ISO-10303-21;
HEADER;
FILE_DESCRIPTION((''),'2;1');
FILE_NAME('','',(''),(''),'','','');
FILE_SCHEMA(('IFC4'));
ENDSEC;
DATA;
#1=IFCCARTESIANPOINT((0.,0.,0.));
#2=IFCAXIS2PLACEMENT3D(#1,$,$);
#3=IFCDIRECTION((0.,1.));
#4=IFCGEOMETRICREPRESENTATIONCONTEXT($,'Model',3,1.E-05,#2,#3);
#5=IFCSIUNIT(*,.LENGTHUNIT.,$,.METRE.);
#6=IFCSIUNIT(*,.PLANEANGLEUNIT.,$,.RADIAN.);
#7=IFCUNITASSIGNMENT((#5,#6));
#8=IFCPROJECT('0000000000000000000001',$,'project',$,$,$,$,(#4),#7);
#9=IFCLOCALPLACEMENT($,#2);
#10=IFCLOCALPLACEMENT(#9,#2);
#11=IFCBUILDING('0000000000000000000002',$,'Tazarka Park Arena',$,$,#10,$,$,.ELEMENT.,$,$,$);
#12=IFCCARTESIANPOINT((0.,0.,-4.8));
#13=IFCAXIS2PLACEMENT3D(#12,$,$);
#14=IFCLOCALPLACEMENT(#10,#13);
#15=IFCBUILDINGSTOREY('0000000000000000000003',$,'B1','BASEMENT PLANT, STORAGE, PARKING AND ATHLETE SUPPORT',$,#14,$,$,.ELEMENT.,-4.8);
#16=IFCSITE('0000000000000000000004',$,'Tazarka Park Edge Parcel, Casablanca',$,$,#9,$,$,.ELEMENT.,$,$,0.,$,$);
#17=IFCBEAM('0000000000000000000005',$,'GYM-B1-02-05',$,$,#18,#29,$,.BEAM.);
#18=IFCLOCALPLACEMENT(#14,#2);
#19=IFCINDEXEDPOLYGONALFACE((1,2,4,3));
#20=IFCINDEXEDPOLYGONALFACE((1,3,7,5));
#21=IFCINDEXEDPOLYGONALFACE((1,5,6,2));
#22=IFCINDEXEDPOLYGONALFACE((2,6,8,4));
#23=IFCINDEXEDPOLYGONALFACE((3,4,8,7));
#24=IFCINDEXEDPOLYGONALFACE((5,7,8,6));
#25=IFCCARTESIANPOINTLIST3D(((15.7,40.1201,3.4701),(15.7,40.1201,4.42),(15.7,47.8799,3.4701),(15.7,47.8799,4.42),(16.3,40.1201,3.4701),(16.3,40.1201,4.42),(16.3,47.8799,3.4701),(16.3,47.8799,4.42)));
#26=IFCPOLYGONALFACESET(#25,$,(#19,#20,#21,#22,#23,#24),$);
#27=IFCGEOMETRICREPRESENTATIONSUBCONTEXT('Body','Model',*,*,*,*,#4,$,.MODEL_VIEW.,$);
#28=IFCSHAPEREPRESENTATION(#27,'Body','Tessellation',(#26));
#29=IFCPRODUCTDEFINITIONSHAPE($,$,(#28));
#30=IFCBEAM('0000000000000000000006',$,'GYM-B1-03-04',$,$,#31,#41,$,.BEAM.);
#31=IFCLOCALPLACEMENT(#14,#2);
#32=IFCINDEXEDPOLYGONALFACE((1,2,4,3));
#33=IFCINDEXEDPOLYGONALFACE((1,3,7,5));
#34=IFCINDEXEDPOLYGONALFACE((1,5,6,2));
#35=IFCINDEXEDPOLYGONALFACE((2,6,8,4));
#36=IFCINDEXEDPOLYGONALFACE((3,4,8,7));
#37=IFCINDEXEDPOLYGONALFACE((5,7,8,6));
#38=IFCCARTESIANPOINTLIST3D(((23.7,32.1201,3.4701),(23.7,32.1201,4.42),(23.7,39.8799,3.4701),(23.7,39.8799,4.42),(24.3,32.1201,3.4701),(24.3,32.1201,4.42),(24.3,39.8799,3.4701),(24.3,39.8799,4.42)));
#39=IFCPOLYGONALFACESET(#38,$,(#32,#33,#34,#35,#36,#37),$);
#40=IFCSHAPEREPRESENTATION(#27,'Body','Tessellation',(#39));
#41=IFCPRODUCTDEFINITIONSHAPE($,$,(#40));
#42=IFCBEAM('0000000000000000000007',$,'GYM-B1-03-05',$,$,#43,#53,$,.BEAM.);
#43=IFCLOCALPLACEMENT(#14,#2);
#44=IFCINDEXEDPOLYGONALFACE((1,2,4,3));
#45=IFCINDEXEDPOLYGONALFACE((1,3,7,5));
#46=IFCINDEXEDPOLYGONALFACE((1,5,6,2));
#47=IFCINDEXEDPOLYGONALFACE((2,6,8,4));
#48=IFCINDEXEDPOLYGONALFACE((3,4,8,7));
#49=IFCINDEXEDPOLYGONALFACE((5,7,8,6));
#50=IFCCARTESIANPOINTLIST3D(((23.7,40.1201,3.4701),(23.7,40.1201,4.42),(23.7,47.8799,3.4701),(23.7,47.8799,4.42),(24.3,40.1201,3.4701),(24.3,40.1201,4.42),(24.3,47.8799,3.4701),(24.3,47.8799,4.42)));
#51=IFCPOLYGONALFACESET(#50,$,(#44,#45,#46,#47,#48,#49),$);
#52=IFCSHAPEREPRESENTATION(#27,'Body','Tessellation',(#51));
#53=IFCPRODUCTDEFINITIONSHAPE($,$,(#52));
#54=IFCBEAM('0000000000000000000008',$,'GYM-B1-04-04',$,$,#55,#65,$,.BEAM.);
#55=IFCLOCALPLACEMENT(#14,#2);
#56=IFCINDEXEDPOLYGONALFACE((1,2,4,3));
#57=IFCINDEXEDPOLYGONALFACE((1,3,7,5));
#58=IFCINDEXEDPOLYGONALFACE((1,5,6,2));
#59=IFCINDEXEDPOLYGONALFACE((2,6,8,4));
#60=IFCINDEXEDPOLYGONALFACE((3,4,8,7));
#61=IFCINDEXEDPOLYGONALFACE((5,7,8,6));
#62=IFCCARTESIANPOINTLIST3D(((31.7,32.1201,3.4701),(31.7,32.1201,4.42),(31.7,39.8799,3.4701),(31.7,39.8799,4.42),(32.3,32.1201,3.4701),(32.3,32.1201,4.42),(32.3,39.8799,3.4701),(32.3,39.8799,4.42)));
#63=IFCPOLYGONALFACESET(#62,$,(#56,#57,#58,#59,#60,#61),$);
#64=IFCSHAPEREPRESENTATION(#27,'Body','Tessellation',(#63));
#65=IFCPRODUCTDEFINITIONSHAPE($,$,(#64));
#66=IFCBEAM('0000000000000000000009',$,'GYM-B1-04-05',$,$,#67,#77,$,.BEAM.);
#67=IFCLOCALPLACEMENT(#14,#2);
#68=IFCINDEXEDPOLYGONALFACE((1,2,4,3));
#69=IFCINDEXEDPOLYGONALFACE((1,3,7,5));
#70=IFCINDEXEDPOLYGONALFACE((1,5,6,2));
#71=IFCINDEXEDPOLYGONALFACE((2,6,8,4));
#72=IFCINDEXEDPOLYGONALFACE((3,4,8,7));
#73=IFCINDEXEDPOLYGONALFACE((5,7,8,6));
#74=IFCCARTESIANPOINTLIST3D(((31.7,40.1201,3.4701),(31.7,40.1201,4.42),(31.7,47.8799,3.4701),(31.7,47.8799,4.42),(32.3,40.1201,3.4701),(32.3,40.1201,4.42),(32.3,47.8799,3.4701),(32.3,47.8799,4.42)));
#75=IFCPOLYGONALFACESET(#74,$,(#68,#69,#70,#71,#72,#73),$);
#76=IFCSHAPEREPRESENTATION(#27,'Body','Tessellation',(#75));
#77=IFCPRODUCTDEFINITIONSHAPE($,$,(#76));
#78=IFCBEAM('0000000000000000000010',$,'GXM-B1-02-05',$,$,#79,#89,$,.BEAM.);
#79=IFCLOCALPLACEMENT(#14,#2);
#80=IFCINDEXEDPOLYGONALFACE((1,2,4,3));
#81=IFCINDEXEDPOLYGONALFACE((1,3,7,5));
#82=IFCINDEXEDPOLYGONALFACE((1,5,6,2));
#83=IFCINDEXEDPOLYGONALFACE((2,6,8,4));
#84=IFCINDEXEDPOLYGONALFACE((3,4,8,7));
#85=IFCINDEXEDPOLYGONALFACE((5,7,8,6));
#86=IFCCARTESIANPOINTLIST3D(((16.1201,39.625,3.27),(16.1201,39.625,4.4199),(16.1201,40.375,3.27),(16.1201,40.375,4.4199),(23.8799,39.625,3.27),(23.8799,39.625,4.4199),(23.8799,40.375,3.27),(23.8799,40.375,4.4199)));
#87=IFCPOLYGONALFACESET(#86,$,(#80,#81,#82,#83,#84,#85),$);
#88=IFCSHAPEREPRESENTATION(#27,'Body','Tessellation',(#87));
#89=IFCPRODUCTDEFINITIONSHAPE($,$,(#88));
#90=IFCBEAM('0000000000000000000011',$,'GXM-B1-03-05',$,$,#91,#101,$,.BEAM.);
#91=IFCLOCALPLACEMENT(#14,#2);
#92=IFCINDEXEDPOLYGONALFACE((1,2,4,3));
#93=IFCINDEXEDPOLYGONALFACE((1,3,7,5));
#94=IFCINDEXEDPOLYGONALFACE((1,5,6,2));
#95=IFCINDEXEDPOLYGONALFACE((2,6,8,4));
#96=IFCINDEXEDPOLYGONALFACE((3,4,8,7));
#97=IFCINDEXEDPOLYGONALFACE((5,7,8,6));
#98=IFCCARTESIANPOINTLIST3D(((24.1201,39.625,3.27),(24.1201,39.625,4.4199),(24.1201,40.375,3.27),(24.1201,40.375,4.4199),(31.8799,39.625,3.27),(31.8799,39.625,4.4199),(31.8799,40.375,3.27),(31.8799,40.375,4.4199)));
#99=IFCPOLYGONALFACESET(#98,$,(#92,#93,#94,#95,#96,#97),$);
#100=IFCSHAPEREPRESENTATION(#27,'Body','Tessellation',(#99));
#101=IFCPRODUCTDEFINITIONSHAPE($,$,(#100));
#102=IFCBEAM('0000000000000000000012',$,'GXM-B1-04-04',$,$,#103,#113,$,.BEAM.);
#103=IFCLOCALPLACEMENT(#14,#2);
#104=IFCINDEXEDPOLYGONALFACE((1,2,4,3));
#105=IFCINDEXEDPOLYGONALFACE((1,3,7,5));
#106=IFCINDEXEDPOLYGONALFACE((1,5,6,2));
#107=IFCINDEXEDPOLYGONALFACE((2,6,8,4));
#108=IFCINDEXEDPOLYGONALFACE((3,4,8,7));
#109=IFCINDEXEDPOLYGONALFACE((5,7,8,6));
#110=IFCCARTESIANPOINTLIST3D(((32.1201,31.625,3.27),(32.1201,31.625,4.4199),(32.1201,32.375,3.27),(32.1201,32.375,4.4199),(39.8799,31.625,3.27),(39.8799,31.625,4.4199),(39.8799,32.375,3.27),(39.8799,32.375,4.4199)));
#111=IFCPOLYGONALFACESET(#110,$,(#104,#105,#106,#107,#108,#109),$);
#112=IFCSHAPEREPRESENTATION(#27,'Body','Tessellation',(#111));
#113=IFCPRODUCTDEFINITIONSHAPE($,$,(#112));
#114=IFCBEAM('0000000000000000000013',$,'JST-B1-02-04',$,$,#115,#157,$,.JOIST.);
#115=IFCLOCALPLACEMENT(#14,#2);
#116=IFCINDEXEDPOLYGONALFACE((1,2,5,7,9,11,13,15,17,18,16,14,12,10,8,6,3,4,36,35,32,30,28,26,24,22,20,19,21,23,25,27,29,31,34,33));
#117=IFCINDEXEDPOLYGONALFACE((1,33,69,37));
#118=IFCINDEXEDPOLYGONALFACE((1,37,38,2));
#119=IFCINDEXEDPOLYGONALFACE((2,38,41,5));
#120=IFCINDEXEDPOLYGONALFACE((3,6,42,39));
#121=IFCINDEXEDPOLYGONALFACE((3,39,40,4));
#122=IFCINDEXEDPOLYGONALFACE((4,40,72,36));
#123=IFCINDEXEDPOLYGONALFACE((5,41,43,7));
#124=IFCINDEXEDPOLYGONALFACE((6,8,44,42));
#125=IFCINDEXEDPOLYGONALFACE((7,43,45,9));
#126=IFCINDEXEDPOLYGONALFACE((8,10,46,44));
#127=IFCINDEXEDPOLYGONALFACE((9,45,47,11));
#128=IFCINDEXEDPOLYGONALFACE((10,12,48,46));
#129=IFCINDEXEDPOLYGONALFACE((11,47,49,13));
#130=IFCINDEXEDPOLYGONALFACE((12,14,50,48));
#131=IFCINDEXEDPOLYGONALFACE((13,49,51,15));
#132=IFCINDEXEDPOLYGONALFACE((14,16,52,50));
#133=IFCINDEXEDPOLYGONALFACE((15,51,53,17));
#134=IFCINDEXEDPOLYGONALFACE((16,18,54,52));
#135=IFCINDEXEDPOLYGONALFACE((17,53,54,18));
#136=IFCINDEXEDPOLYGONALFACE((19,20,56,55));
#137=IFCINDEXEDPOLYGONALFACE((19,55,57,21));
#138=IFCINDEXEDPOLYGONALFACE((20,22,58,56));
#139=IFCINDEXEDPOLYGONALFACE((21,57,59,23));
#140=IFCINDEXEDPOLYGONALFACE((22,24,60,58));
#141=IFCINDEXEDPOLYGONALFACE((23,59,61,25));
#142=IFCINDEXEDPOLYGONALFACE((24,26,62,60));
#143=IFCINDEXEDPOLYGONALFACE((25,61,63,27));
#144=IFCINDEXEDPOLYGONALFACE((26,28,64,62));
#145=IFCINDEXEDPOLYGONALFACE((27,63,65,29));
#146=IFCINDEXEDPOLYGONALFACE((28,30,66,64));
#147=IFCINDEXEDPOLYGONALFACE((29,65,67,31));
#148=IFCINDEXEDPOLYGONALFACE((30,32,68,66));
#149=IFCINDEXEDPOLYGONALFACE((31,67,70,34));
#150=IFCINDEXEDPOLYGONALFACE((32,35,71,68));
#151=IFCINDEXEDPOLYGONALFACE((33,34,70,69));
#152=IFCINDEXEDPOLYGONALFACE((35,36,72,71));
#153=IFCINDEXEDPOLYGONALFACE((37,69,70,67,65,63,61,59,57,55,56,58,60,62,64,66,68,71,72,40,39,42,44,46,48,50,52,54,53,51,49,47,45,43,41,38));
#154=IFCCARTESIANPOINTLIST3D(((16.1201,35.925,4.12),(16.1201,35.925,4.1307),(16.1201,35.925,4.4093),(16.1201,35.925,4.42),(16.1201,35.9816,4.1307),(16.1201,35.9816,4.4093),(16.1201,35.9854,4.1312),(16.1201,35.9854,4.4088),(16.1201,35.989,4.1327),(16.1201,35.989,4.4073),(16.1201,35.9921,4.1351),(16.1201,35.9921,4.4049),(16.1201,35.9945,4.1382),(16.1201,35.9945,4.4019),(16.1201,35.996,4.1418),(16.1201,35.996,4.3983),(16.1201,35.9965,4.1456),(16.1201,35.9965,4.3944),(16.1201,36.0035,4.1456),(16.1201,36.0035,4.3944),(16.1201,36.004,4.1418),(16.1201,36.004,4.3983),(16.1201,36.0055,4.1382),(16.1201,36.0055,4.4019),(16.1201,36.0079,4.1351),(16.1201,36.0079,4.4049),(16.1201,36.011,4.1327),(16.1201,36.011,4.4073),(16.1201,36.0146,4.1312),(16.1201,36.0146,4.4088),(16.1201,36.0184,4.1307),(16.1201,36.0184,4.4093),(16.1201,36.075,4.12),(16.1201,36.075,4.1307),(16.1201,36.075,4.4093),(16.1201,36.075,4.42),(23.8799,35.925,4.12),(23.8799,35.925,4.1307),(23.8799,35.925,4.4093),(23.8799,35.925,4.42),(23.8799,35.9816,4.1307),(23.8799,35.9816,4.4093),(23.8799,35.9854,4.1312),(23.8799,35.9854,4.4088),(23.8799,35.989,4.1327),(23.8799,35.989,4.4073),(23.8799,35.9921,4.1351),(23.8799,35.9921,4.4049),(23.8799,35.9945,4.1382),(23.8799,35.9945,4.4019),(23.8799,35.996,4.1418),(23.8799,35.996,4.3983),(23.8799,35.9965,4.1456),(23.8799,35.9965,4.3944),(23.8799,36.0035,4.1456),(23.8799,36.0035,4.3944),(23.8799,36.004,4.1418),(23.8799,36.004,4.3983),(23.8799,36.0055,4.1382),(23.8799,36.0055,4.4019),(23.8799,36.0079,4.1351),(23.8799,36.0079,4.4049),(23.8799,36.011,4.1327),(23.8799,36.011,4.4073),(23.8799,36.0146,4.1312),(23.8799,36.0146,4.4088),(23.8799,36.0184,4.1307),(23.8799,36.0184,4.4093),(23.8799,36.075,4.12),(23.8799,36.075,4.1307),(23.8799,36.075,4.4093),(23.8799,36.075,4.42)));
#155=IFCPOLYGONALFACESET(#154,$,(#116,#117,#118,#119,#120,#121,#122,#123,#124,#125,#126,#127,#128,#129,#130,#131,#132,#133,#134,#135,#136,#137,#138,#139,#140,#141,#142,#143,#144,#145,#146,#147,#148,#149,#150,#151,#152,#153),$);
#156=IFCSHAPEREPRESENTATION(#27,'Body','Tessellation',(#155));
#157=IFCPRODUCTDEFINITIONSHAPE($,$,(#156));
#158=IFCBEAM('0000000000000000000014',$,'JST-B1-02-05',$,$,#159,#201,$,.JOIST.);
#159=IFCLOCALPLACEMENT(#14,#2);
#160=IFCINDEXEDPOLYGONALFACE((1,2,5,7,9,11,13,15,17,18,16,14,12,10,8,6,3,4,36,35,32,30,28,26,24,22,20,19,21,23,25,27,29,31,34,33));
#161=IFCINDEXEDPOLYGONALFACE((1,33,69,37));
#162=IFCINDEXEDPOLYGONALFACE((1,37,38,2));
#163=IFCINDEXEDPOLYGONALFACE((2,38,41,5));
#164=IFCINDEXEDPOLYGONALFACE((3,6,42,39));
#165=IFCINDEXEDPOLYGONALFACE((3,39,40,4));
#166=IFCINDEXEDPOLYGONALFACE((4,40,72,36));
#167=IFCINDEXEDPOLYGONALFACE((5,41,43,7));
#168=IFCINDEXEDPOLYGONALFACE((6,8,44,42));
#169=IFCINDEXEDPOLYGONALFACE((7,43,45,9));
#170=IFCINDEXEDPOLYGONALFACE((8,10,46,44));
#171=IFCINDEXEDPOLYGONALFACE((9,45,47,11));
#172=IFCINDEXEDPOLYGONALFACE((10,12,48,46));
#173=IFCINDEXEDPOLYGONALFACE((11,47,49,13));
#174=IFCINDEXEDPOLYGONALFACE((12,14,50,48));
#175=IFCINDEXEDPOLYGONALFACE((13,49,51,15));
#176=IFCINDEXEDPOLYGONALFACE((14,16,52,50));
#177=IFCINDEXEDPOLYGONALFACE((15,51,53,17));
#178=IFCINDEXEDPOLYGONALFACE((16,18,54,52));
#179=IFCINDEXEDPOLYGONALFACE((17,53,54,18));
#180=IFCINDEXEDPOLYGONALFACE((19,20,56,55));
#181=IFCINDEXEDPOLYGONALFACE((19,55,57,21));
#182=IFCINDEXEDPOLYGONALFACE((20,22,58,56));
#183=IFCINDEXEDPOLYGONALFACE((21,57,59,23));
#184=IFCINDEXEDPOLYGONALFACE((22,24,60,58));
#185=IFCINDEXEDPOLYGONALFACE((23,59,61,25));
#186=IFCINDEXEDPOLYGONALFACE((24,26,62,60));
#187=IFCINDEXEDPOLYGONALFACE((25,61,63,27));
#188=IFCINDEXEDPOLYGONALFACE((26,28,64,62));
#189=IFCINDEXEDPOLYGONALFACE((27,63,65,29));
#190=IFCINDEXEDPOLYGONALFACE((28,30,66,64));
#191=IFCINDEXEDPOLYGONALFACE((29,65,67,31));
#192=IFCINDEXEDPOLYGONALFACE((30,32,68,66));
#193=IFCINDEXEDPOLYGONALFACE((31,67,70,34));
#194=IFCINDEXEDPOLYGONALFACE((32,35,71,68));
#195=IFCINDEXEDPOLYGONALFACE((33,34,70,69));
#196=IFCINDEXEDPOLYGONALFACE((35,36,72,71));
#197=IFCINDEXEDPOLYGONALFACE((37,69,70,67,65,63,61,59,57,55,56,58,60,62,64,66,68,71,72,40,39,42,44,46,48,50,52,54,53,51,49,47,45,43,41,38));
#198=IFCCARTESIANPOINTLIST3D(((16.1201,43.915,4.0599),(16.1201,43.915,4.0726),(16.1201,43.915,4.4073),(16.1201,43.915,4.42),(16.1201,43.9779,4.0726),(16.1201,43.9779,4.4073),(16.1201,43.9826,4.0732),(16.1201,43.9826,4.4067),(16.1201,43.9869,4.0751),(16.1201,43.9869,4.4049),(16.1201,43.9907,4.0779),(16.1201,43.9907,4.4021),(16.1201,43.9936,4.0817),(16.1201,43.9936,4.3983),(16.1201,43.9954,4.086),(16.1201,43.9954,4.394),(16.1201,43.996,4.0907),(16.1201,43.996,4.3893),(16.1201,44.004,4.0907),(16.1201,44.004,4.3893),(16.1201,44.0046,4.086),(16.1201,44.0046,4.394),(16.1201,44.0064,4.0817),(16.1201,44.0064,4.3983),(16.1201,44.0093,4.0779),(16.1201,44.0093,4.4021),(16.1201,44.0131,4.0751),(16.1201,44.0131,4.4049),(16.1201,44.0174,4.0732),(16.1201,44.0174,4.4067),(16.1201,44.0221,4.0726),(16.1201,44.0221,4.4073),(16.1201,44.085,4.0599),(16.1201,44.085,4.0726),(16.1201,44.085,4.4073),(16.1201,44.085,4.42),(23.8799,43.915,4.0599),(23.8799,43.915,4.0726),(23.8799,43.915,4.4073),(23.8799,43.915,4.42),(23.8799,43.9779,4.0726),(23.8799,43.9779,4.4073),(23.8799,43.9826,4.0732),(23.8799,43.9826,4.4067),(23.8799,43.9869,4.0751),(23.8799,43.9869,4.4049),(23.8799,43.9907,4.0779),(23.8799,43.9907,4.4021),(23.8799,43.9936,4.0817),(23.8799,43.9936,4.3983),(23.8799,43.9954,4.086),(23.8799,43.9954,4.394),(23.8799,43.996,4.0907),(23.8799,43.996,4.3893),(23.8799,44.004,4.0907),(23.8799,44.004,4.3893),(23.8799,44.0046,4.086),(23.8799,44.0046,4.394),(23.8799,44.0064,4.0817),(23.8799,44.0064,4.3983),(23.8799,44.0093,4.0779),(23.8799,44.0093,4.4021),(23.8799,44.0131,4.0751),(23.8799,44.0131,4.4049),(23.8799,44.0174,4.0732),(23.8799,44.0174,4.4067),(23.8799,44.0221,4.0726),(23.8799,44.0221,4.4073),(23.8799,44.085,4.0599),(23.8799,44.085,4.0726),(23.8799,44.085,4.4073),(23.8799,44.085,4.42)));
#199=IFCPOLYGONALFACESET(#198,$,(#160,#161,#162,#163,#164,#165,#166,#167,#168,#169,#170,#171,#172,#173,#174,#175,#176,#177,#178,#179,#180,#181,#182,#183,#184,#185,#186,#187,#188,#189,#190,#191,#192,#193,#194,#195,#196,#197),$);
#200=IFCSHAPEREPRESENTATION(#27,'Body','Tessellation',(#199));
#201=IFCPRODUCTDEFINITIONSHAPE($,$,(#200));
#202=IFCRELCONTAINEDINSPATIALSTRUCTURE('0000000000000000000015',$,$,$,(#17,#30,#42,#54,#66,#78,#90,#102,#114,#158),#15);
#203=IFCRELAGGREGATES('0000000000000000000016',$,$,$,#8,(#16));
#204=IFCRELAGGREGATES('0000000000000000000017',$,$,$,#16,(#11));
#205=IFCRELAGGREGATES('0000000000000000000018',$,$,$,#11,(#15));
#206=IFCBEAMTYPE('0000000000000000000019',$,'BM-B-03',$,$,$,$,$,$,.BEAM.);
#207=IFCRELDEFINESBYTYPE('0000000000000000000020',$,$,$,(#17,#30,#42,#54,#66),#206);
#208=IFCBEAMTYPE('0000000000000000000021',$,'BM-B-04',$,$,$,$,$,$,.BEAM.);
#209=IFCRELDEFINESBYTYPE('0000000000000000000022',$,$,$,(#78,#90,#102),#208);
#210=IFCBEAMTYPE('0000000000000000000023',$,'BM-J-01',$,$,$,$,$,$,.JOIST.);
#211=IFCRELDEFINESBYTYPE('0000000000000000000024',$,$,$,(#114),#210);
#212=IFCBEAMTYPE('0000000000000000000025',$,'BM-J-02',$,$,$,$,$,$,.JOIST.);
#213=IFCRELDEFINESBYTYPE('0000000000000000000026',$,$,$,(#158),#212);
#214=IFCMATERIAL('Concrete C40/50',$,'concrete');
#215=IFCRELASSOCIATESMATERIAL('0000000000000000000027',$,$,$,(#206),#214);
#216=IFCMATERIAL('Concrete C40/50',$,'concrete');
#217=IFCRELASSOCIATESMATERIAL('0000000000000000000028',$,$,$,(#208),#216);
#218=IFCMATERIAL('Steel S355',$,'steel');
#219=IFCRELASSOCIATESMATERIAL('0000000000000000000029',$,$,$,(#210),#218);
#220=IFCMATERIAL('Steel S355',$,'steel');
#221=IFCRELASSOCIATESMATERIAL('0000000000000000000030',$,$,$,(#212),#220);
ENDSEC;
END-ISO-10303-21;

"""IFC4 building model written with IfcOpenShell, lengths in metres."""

from ifc_helpers import new_model, si_unit, direction, frame, origin, origin_2d, place, context, subcontext, project, spatial, rectangle, i_section, extrude, material, material_profile, profile_set, type_object, element, save


model = new_model("IFC4")

# Units and contexts
model_context = context("Model", 3, precision=1e-05, world=origin(), true_north=direction((0.0, 1.0)))
body_context = subcontext(model_context, "Body", "Model", "MODEL_VIEW")
ifc_project = project(units=[si_unit("LENGTHUNIT", "METRE"), si_unit("PLANEANGLEUNIT", "RADIAN")], contexts=[model_context])

# Site, building, storey
site_placement = place(None, origin())
site = spatial("IfcSite", under=ifc_project, at=site_placement, Name="Tazarka Park Edge Parcel, Casablanca", CompositionType="ELEMENT", RefElevation=0.0)
building_placement = place(site_placement, origin())
building = spatial("IfcBuilding", under=site, at=building_placement, Name="Tazarka Park Arena", CompositionType="ELEMENT")
storey_placement = place(building_placement, frame((0.0, 0.0, -4.8)))
storey = spatial("IfcBuildingStorey", under=building, at=storey_placement, Name="B1", Description="BASEMENT PLANT, STORAGE, PARKING AND ATHLETE SUPPORT", CompositionType="ELEMENT", Elevation=-4.8)

# Beams
ifc_material_1 = material(Name="Concrete C40/50", Category="concrete")
ifc_material_profile_1 = material_profile(ifc_material_1, rectangle(XDim=0.6001, YDim=0.95, at=origin_2d()), Name="Concrete C40/50")
ifc_profile_set_1 = profile_set([ifc_material_profile_1], Name="Concrete C40/50")
beam_type_1 = type_object("IfcBeamType", Name="BM-B-03", PredefinedType="BEAM", material=ifc_profile_set_1)
for number, where, z_axis, x_axis, name in (
    (1, (16.0, 40.1201, 3.9451), (0.0, 1.0, 0.0), (-1.0, 0.0, 0.0), "GYM-B1-02-05"),
    (2, (24.0, 32.1201, 3.9451), (0.0, 1.0, 0.0), (-1.0, 0.0, 0.0), "GYM-B1-03-04"),
    (3, (24.0, 40.1201, 3.9451), (0.0, 1.0, 0.0), (-1.0, 0.0, 0.0), "GYM-B1-03-05"),
    (4, (32.0, 32.1201, 3.9451), (0.0, 1.0, 0.0), (-1.0, 0.0, 0.0), "GYM-B1-04-04"),
    (5, (32.0, 40.1201, 3.9451), (0.0, 1.0, 0.0), (-1.0, 0.0, 0.0), "GYM-B1-04-05"),
):
    element("IfcBeam", number, at=place(storey_placement, frame(where, z_axis=z_axis, x_axis=x_axis)), inside=storey, type_object=beam_type_1, Name=name, PredefinedType="BEAM", context=body_context, shape_type="SweptSolid", body=[
        extrude(rectangle(XDim=0.6001, YDim=0.95, at=origin_2d()), origin(), (0.0, 0.0, 1.0), 7.7598),
    ])
ifc_material_2 = material(Name="Concrete C40/50", Category="concrete")
ifc_material_profile_2 = material_profile(ifc_material_2, rectangle(XDim=0.75, YDim=1.1499, at=origin_2d()), Name="Concrete C40/50")
ifc_profile_set_2 = profile_set([ifc_material_profile_2], Name="Concrete C40/50")
beam_type_2 = type_object("IfcBeamType", Name="BM-B-04", PredefinedType="BEAM", material=ifc_profile_set_2)
for number, where, z_axis, x_axis, name in (
    (6, (16.1201, 40.0, 3.845), (1.0, 0.0, 0.0), (0.0, 1.0, 0.0), "GXM-B1-02-05"),
    (7, (24.1201, 40.0, 3.845), (1.0, 0.0, 0.0), (0.0, 1.0, 0.0), "GXM-B1-03-05"),
    (8, (32.1201, 32.0, 3.845), (1.0, 0.0, 0.0), (0.0, 1.0, 0.0), "GXM-B1-04-04"),
):
    element("IfcBeam", number, at=place(storey_placement, frame(where, z_axis=z_axis, x_axis=x_axis)), inside=storey, type_object=beam_type_2, Name=name, PredefinedType="BEAM", context=body_context, shape_type="SweptSolid", body=[
        extrude(rectangle(XDim=0.75, YDim=1.1499, at=origin_2d()), origin(), (0.0, 0.0, 1.0), 7.7598),
    ])
ifc_material_3 = material(Name="Steel S355", Category="steel")
ifc_material_profile_3 = material_profile(ifc_material_3, i_section(OverallWidth=0.1499, OverallDepth=0.3, WebThickness=0.0071, FlangeThickness=0.0107, FilletRadius=0.0149, at=origin_2d()), Name="Steel S355")
ifc_profile_set_3 = profile_set([ifc_material_profile_3], Name="Steel S355")
beam_type_3 = type_object("IfcBeamType", Name="BM-J-01", PredefinedType="JOIST", material=ifc_profile_set_3)
beam_1_placement = place(storey_placement, frame((16.1201, 36.0, 4.27), z_axis=(1.0, 0.0, 0.0), x_axis=(0.0, 1.0, 0.0)))
element("IfcBeam", 9, at=beam_1_placement, inside=storey, type_object=beam_type_3, Name="JST-B1-02-04", PredefinedType="JOIST", context=body_context, shape_type="SweptSolid", body=[
    extrude(i_section(OverallWidth=0.1499, OverallDepth=0.3, WebThickness=0.0071, FlangeThickness=0.0107, FilletRadius=0.0149, at=origin_2d()), origin(), (0.0, 0.0, 1.0), 7.7598),
])
ifc_material_4 = material(Name="Steel S355", Category="steel")
ifc_material_profile_4 = material_profile(ifc_material_4, i_section(OverallWidth=0.1699, OverallDepth=0.3601, WebThickness=0.0081, FlangeThickness=0.0127, FilletRadius=0.0181, at=origin_2d()), Name="Steel S355")
ifc_profile_set_4 = profile_set([ifc_material_profile_4], Name="Steel S355")
beam_type_4 = type_object("IfcBeamType", Name="BM-J-02", PredefinedType="JOIST", material=ifc_profile_set_4)
for number, where, z_axis, x_axis, name in (
    (10, (16.1201, 44.0, 4.24), (1.0, 0.0, 0.0), (0.0, 1.0, 0.0), "JST-B1-02-05"),
):
    element("IfcBeam", number, at=place(storey_placement, frame(where, z_axis=z_axis, x_axis=x_axis)), inside=storey, type_object=beam_type_4, Name=name, PredefinedType="JOIST", context=body_context, shape_type="SweptSolid", body=[
        extrude(i_section(OverallWidth=0.1699, OverallDepth=0.3601, WebThickness=0.0081, FlangeThickness=0.0127, FilletRadius=0.0181, at=origin_2d()), origin(), (0.0, 0.0, 1.0), 7.7598),
    ])

save(model, "model.ifc")
